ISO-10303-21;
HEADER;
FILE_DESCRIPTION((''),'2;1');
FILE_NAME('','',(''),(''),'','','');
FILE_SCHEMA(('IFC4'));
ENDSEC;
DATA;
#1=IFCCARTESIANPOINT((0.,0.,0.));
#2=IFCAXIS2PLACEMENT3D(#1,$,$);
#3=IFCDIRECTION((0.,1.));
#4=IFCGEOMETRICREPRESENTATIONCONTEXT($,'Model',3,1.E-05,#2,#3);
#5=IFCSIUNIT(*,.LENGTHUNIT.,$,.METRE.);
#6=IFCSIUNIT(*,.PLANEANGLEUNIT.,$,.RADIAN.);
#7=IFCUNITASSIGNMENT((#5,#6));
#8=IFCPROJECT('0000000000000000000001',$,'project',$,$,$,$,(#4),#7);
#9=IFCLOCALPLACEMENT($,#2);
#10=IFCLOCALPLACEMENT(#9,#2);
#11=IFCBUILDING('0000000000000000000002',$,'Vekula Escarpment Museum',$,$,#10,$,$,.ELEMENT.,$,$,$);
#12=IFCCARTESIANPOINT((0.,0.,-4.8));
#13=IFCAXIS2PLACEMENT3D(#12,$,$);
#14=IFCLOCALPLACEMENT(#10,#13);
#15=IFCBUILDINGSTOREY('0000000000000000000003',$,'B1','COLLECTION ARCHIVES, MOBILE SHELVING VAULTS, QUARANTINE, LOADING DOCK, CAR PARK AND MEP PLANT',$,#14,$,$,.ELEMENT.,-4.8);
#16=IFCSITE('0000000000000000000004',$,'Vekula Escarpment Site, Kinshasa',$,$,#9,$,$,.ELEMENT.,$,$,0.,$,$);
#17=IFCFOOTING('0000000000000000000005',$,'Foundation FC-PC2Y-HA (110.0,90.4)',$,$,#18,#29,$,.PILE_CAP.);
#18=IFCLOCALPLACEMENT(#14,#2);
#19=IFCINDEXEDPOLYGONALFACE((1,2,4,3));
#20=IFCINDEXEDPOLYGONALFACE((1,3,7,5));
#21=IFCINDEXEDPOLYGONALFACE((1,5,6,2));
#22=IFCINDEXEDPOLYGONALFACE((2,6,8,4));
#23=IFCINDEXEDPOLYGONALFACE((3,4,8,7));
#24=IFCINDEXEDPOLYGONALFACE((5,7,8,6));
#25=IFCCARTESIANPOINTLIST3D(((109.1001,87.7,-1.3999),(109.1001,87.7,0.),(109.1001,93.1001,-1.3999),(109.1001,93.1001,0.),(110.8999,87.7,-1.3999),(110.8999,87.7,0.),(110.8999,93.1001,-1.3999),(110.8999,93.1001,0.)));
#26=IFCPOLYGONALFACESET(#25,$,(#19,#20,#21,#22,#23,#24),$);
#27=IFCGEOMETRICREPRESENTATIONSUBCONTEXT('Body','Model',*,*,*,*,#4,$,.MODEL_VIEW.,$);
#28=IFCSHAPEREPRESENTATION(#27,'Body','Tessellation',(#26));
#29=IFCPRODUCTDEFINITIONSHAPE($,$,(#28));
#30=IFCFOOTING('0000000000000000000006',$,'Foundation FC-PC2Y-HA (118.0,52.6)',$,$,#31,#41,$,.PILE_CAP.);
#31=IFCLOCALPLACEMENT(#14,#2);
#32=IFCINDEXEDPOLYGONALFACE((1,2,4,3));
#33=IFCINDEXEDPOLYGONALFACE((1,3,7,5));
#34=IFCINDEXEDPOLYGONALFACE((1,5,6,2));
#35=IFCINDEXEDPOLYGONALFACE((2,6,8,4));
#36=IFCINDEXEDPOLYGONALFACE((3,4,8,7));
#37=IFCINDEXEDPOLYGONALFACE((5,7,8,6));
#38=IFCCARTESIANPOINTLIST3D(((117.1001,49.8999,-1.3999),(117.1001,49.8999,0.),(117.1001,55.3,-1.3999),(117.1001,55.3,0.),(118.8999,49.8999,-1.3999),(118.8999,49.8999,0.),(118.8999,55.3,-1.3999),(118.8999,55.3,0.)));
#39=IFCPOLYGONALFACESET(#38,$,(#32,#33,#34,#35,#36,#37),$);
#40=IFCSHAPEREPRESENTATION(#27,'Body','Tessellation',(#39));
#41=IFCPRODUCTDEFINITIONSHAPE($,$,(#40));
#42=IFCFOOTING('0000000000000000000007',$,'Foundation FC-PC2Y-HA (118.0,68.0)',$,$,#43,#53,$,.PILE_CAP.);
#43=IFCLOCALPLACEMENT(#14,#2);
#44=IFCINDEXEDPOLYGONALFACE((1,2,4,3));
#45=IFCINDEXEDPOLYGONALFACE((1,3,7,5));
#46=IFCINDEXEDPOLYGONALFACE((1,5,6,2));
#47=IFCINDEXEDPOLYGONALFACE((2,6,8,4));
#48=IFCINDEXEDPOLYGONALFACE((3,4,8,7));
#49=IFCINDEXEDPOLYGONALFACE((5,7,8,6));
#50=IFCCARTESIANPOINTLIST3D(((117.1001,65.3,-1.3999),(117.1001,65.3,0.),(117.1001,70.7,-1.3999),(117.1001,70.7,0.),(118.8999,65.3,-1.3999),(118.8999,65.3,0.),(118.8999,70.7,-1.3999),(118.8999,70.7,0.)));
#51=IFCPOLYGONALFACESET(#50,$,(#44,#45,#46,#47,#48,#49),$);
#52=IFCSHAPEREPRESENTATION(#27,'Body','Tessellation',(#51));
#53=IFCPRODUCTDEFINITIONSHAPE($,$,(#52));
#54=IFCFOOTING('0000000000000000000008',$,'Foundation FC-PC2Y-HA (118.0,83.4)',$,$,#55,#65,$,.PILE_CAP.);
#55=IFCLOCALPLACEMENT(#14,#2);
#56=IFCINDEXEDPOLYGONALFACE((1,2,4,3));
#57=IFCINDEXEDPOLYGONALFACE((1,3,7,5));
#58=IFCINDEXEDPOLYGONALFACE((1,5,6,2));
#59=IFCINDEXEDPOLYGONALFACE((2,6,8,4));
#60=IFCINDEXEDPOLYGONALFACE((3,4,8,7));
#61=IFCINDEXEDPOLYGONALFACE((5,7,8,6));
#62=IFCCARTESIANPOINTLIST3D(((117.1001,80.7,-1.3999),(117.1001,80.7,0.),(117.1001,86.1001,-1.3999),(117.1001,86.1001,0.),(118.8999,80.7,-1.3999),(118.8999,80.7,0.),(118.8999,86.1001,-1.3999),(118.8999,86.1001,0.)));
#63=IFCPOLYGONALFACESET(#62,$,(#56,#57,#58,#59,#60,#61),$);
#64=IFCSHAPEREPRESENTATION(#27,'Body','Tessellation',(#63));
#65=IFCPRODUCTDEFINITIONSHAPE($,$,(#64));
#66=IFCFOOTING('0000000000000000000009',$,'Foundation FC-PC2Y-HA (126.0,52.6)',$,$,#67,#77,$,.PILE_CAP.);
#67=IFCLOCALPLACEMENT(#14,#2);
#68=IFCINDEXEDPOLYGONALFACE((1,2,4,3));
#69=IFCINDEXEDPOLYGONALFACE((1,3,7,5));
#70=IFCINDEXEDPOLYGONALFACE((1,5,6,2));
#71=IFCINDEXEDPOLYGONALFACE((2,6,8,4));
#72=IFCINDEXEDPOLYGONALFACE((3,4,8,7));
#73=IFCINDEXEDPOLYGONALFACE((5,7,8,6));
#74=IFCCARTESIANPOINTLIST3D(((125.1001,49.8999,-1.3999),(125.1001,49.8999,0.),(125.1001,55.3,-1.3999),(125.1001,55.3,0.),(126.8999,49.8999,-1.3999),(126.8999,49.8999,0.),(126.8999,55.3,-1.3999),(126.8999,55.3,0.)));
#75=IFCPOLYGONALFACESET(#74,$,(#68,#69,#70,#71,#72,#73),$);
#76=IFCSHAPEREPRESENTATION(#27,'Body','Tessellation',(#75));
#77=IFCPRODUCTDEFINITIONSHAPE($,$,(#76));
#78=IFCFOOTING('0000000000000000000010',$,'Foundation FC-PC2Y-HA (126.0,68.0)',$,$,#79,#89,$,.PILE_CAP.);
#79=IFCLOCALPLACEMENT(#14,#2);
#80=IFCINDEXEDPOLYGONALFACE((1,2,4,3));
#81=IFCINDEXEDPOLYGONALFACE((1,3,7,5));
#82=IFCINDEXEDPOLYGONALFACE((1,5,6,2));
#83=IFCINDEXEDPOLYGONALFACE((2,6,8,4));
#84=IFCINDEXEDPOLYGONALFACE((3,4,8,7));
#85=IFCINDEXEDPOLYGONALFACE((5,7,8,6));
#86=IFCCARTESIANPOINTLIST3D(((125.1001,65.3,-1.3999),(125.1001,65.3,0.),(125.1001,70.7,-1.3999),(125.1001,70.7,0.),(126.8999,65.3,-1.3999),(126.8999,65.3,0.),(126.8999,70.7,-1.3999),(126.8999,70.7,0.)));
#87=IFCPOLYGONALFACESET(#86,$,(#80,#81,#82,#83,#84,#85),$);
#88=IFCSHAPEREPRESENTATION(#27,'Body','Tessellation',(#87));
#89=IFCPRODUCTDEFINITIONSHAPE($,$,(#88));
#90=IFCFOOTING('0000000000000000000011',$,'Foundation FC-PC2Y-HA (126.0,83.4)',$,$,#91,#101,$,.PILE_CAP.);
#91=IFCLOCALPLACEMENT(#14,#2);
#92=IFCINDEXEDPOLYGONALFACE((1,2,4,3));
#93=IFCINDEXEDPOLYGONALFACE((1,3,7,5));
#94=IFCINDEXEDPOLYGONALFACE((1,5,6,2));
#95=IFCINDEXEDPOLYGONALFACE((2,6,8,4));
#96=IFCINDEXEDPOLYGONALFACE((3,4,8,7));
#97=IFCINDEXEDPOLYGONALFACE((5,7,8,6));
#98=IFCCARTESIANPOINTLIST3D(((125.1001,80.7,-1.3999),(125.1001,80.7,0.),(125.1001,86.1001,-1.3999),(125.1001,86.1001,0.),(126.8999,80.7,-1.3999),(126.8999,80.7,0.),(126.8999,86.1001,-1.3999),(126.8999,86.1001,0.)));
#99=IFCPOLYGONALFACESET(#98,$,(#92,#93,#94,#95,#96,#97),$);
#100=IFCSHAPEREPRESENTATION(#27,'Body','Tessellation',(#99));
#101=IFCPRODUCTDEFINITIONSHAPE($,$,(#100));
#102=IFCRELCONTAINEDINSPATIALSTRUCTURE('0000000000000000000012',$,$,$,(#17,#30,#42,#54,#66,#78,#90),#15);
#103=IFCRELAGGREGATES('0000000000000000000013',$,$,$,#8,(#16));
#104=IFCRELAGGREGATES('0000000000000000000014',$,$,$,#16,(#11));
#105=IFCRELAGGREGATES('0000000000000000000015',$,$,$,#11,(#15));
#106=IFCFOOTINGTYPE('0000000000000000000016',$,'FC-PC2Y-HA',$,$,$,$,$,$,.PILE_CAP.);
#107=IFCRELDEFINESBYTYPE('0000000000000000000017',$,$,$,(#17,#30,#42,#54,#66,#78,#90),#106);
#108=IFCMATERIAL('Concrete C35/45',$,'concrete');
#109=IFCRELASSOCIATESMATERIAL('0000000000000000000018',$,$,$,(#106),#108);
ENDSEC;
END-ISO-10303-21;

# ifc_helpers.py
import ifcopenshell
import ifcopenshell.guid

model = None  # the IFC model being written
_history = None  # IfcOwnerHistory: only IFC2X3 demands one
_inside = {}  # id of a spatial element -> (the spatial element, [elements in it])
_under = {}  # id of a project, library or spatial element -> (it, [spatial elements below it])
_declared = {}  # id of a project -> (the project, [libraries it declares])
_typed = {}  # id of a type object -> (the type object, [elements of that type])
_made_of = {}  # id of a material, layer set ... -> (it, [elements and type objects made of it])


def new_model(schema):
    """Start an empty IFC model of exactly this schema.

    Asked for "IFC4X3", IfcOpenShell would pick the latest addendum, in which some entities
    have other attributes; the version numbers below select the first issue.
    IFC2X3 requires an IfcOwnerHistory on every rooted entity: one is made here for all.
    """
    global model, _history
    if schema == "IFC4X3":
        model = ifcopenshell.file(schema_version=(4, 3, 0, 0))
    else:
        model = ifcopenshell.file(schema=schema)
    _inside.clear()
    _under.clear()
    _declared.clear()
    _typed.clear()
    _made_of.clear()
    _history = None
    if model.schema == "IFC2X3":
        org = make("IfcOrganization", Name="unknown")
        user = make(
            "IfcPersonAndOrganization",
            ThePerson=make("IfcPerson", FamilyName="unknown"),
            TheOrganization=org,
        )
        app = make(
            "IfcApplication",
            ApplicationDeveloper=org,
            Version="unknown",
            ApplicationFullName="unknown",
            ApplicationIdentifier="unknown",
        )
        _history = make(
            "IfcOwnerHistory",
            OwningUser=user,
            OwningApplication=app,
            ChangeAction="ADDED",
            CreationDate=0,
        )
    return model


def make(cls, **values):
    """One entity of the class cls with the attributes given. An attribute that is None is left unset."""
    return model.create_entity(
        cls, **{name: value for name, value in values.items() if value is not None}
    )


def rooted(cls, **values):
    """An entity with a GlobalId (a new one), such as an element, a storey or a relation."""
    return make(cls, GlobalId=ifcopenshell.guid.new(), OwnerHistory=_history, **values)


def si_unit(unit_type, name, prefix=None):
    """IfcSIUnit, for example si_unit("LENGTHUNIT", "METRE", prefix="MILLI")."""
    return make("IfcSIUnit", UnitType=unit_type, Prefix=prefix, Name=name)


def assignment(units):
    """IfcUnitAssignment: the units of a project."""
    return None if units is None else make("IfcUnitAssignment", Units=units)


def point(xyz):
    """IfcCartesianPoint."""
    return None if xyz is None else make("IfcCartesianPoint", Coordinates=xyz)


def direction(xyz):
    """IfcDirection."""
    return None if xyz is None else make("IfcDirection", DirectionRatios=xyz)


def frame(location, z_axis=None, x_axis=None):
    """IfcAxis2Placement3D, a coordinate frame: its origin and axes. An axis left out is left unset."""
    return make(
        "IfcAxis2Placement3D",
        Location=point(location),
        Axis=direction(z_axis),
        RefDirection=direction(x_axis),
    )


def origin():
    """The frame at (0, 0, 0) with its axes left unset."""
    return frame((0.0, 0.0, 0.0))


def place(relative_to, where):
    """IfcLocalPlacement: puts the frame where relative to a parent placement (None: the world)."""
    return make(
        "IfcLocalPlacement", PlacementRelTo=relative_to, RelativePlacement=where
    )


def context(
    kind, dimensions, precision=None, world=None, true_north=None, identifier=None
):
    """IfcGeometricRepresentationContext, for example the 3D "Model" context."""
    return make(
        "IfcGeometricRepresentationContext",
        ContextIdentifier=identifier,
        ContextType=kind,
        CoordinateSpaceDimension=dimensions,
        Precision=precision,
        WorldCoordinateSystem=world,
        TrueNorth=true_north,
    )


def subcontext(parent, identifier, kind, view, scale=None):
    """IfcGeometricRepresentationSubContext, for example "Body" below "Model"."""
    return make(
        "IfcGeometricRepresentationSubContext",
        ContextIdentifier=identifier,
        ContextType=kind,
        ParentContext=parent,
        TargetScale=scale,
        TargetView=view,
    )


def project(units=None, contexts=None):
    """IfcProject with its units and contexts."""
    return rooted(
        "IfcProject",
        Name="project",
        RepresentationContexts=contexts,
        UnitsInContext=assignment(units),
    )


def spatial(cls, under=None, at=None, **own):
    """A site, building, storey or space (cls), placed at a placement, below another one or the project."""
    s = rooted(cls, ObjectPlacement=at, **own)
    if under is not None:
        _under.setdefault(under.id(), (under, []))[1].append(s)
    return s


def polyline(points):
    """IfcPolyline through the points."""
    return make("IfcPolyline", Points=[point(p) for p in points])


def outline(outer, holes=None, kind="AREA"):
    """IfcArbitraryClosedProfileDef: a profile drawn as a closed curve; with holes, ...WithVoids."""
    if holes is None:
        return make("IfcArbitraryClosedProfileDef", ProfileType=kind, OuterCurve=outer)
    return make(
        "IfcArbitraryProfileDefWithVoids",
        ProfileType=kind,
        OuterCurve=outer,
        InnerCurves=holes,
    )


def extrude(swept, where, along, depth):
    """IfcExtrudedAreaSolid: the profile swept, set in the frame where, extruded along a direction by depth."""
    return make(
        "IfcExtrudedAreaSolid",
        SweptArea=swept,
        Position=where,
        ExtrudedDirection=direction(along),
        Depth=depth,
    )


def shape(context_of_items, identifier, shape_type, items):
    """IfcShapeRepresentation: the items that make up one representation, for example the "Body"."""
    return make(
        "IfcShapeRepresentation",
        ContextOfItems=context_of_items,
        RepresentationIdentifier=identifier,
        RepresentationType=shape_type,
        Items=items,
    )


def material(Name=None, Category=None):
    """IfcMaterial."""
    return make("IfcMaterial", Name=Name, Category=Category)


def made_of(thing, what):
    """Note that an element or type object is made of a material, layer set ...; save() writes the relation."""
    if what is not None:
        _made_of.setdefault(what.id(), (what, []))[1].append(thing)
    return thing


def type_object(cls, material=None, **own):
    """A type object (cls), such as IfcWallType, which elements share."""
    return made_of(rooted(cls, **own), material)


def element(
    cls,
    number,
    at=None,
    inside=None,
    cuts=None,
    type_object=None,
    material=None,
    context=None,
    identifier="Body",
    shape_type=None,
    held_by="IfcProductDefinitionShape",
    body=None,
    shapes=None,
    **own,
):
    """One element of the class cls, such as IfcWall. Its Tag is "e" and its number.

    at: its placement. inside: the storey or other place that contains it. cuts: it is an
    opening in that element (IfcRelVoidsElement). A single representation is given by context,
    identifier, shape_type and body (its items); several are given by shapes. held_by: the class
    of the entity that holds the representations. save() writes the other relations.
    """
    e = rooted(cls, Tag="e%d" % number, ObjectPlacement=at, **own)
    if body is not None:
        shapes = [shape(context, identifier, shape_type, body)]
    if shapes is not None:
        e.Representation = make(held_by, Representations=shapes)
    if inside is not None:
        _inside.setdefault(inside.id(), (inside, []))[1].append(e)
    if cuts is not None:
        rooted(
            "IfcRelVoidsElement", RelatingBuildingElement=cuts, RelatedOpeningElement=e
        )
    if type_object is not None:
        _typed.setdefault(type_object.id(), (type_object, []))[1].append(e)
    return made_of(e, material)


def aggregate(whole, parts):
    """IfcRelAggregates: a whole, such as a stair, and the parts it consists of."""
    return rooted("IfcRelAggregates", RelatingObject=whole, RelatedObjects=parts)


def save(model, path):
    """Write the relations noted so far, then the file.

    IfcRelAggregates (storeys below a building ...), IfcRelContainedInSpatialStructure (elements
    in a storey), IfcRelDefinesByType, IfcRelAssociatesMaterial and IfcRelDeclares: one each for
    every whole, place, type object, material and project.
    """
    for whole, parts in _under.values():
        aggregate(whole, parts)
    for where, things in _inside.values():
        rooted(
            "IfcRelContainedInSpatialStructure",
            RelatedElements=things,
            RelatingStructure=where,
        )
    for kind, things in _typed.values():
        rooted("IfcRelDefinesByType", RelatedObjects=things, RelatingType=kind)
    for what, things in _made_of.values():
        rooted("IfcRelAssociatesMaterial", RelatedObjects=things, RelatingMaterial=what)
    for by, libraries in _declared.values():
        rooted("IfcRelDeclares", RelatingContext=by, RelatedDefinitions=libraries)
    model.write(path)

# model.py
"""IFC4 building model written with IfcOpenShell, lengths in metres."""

from ifc_helpers import new_model, si_unit, direction, frame, origin, place, context, subcontext, project, spatial, polyline, outline, extrude, material, type_object, element, save


model = new_model("IFC4")

# Units and contexts
model_context = context("Model", 3, precision=1e-05, world=origin(), true_north=direction((0.0, 1.0)))
body_context = subcontext(model_context, "Body", "Model", "MODEL_VIEW")
ifc_project = project(units=[si_unit("LENGTHUNIT", "METRE"), si_unit("PLANEANGLEUNIT", "RADIAN")], contexts=[model_context])

# Site, building, storey
site_placement = place(None, origin())
site = spatial("IfcSite", under=ifc_project, at=site_placement, Name="Vekula Escarpment Site, Kinshasa", CompositionType="ELEMENT", RefElevation=0.0)
building_placement = place(site_placement, origin())
building = spatial("IfcBuilding", under=site, at=building_placement, Name="Vekula Escarpment Museum", CompositionType="ELEMENT")
storey_placement = place(building_placement, frame((0.0, 0.0, -4.8)))
storey = spatial("IfcBuildingStorey", under=building, at=storey_placement, Name="B1", Description="COLLECTION ARCHIVES, MOBILE SHELVING VAULTS, QUARANTINE, LOADING DOCK, CAR PARK AND MEP PLANT", CompositionType="ELEMENT", Elevation=-4.8)

# Footings
ifc_material_1 = material(Name="Concrete C35/45", Category="concrete")
footing_type_1 = type_object("IfcFootingType", Name="FC-PC2Y-HA", PredefinedType="PILE_CAP", material=ifc_material_1)
footing_1_placement = place(storey_placement, frame((0.0, 0.0, -1.3999)))
element("IfcFooting", 1, at=footing_1_placement, inside=storey, type_object=footing_type_1, Name="Foundation FC-PC2Y-HA (110.0,90.4)", PredefinedType="PILE_CAP", context=body_context, shape_type="SweptSolid", body=[
    extrude(outline(polyline([(109.1001, 87.7), (110.8999, 87.7), (110.8999, 93.1001), (109.1001, 93.1001), (109.1001, 87.7)])), origin(), (0.0, 0.0, 1.0), 1.3999),
])
footing_2_placement = place(storey_placement, frame((0.0, 0.0, -1.3999)))
element("IfcFooting", 2, at=footing_2_placement, inside=storey, type_object=footing_type_1, Name="Foundation FC-PC2Y-HA (118.0,52.6)", PredefinedType="PILE_CAP", context=body_context, shape_type="SweptSolid", body=[
    extrude(outline(polyline([(117.1001, 49.8999), (118.8999, 49.8999), (118.8999, 55.3), (117.1001, 55.3), (117.1001, 49.8999)])), origin(), (0.0, 0.0, 1.0), 1.3999),
])
footing_3_placement = place(storey_placement, frame((0.0, 0.0, -1.3999)))
element("IfcFooting", 3, at=footing_3_placement, inside=storey, type_object=footing_type_1, Name="Foundation FC-PC2Y-HA (118.0,68.0)", PredefinedType="PILE_CAP", context=body_context, shape_type="SweptSolid", body=[
    extrude(outline(polyline([(117.1001, 65.3), (118.8999, 65.3), (118.8999, 70.7), (117.1001, 70.7), (117.1001, 65.3)])), origin(), (0.0, 0.0, 1.0), 1.3999),
])
footing_4_placement = place(storey_placement, frame((0.0, 0.0, -1.3999)))
element("IfcFooting", 4, at=footing_4_placement, inside=storey, type_object=footing_type_1, Name="Foundation FC-PC2Y-HA (118.0,83.4)", PredefinedType="PILE_CAP", context=body_context, shape_type="SweptSolid", body=[
    extrude(outline(polyline([(117.1001, 80.7), (118.8999, 80.7), (118.8999, 86.1001), (117.1001, 86.1001), (117.1001, 80.7)])), origin(), (0.0, 0.0, 1.0), 1.3999),
])
footing_5_placement = place(storey_placement, frame((0.0, 0.0, -1.3999)))
element("IfcFooting", 5, at=footing_5_placement, inside=storey, type_object=footing_type_1, Name="Foundation FC-PC2Y-HA (126.0,52.6)", PredefinedType="PILE_CAP", context=body_context, shape_type="SweptSolid", body=[
    extrude(outline(polyline([(125.1001, 49.8999), (126.8999, 49.8999), (126.8999, 55.3), (125.1001, 55.3), (125.1001, 49.8999)])), origin(), (0.0, 0.0, 1.0), 1.3999),
])
footing_6_placement = place(storey_placement, frame((0.0, 0.0, -1.3999)))
element("IfcFooting", 6, at=footing_6_placement, inside=storey, type_object=footing_type_1, Name="Foundation FC-PC2Y-HA (126.0,68.0)", PredefinedType="PILE_CAP", context=body_context, shape_type="SweptSolid", body=[
    extrude(outline(polyline([(125.1001, 65.3), (126.8999, 65.3), (126.8999, 70.7), (125.1001, 70.7), (125.1001, 65.3)])), origin(), (0.0, 0.0, 1.0), 1.3999),
])
footing_7_placement = place(storey_placement, frame((0.0, 0.0, -1.3999)))
element("IfcFooting", 7, at=footing_7_placement, inside=storey, type_object=footing_type_1, Name="Foundation FC-PC2Y-HA (126.0,83.4)", PredefinedType="PILE_CAP", context=body_context, shape_type="SweptSolid", body=[
    extrude(outline(polyline([(125.1001, 80.7), (126.8999, 80.7), (126.8999, 86.1001), (125.1001, 86.1001), (125.1001, 80.7)])), origin(), (0.0, 0.0, 1.0), 1.3999),
])

save(model, "model.ifc")
